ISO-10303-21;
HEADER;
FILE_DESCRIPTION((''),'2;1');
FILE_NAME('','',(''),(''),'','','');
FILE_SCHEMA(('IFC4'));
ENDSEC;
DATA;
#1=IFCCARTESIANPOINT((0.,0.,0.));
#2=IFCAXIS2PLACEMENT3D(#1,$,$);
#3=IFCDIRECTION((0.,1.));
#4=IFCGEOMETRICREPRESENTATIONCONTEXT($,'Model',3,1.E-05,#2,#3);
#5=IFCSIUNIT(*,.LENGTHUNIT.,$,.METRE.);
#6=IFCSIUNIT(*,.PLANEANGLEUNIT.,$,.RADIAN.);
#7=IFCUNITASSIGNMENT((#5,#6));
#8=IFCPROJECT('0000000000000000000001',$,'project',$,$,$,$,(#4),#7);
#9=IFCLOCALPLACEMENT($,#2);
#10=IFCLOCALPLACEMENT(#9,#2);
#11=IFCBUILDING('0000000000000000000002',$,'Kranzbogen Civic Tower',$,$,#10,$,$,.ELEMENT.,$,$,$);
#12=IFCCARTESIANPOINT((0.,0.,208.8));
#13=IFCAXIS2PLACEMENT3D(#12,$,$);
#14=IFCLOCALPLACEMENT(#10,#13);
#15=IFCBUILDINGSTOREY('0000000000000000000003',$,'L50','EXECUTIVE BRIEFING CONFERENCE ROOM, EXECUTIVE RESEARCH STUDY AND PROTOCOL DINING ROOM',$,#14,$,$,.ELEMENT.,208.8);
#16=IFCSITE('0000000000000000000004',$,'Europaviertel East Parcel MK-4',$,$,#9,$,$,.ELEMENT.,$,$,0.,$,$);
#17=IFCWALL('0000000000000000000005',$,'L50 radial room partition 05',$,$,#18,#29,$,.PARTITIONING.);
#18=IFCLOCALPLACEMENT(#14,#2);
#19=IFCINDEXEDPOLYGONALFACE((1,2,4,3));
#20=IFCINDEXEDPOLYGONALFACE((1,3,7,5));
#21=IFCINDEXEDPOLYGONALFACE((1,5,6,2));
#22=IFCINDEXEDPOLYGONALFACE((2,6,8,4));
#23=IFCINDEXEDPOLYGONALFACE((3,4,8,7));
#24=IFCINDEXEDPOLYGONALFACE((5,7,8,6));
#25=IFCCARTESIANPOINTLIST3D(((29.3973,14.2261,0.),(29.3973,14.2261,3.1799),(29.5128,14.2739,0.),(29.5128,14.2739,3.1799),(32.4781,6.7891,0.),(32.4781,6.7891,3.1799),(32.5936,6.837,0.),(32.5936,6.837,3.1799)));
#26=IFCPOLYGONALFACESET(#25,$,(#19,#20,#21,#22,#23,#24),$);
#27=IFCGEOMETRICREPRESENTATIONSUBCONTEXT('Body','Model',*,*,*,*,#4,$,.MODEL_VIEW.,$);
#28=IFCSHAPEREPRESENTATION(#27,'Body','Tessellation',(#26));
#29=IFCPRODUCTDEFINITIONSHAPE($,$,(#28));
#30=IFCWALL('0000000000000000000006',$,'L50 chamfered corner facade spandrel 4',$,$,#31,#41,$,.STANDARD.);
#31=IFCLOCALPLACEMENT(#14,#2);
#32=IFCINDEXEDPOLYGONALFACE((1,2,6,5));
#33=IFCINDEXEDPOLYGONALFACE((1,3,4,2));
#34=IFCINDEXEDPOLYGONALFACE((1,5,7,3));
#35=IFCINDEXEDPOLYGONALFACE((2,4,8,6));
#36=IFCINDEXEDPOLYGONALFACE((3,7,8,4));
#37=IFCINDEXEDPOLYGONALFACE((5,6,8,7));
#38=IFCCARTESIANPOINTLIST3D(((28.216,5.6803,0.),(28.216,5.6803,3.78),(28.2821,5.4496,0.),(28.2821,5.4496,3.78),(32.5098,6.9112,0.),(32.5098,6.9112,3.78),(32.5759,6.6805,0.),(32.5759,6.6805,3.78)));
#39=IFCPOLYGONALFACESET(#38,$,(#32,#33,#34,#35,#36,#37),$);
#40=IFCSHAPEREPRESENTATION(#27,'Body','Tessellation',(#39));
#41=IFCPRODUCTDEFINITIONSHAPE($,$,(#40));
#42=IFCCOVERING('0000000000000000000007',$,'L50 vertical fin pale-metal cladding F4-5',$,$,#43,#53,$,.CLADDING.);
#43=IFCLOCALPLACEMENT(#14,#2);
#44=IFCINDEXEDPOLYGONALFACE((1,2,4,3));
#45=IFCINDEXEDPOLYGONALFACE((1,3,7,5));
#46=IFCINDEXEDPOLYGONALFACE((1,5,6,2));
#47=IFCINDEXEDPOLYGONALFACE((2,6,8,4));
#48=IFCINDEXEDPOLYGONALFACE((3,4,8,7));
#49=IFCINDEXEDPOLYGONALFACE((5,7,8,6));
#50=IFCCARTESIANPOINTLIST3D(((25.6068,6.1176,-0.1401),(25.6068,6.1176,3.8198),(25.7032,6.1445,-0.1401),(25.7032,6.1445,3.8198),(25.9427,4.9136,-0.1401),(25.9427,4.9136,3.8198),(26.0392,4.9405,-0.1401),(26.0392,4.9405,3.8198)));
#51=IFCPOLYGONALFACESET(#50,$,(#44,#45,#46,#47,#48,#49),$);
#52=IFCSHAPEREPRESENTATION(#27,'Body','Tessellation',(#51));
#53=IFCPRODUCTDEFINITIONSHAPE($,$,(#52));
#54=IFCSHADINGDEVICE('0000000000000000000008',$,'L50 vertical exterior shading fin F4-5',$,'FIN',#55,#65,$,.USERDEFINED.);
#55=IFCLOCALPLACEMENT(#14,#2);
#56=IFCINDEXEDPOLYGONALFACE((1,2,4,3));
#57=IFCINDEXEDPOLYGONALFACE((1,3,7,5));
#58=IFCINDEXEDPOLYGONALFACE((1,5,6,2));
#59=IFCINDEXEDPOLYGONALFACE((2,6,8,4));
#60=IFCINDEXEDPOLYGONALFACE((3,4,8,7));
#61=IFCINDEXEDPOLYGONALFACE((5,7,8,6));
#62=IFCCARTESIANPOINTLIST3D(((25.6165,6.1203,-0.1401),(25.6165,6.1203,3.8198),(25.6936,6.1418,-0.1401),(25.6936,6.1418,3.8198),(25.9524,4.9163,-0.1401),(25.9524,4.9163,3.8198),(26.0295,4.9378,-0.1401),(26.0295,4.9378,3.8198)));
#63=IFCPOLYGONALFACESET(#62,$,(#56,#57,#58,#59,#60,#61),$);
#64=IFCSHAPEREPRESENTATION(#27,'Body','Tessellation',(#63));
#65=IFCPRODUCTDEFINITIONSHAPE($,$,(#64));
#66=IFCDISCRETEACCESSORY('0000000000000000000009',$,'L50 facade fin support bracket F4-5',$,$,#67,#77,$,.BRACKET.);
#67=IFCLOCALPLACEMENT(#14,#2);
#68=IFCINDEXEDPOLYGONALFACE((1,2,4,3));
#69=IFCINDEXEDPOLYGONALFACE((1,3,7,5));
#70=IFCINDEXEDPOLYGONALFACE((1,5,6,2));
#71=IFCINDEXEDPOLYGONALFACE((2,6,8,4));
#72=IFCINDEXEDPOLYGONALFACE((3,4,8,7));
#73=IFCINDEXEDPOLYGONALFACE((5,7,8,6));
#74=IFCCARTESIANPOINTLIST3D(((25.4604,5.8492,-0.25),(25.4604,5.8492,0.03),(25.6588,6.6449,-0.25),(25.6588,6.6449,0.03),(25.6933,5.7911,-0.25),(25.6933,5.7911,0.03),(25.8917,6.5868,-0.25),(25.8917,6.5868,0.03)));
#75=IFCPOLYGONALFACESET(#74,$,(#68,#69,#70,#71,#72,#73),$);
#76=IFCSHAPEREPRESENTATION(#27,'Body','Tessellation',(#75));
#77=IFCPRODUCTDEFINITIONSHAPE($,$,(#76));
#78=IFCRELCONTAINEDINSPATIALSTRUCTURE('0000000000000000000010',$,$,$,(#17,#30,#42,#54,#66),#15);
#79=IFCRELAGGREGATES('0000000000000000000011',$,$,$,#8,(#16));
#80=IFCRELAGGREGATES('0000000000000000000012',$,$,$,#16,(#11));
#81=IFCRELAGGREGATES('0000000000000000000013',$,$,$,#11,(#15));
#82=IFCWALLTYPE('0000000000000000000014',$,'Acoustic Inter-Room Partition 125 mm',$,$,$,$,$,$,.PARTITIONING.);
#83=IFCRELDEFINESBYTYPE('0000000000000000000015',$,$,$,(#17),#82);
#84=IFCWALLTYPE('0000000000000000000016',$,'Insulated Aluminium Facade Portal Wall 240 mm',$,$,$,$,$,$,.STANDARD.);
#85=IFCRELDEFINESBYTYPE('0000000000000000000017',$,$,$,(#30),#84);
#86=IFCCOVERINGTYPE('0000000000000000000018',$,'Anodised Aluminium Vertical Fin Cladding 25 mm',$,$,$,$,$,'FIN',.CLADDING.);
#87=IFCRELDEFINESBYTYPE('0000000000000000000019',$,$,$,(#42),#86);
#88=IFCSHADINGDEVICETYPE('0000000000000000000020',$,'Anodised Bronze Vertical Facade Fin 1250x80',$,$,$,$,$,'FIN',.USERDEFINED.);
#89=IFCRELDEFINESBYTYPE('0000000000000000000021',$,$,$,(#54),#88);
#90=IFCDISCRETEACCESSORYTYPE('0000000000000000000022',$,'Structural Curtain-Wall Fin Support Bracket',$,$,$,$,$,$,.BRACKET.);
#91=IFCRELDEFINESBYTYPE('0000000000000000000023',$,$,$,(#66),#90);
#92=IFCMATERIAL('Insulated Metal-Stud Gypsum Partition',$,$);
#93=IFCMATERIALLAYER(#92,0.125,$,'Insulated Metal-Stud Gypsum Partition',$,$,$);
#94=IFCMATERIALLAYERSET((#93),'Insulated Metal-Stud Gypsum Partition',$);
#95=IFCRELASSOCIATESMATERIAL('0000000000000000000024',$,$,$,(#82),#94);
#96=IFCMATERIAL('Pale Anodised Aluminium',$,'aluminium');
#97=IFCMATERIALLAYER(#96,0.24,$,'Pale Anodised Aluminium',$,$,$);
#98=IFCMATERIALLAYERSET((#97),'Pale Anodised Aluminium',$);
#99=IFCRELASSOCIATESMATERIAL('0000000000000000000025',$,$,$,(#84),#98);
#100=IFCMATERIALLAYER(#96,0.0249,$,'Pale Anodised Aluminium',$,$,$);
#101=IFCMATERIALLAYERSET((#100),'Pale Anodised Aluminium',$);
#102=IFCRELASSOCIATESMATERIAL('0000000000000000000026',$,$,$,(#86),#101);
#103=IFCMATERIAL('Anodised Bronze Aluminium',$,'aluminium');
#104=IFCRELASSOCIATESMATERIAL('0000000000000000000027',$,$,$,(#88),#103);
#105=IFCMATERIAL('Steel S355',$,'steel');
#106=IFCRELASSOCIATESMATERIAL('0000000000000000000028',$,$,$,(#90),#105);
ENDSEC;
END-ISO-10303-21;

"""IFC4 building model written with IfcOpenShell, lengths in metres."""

from ifc_helpers import new_model, si_unit, direction, frame, frame_2d, origin, origin_2d, place, context, subcontext, project, spatial, rectangle, extrude, material, layer, layer_set, type_object, element, save


model = new_model("IFC4")

# Units and contexts
model_context = context("Model", 3, precision=1e-05, world=origin(), true_north=direction((0.0, 1.0)))
body_context = subcontext(model_context, "Body", "Model", "MODEL_VIEW")
ifc_project = project(units=[si_unit("LENGTHUNIT", "METRE"), si_unit("PLANEANGLEUNIT", "RADIAN")], contexts=[model_context])

# Site, building, storey
site_placement = place(None, origin())
site = spatial("IfcSite", under=ifc_project, at=site_placement, Name="Europaviertel East Parcel MK-4", CompositionType="ELEMENT", RefElevation=0.0)
building_placement = place(site_placement, origin())
building = spatial("IfcBuilding", under=site, at=building_placement, Name="Kranzbogen Civic Tower", CompositionType="ELEMENT")
storey_placement = place(building_placement, frame((0.0, 0.0, 208.8)))
storey = spatial("IfcBuildingStorey", under=building, at=storey_placement, Name="L50", Description="EXECUTIVE BRIEFING CONFERENCE ROOM, EXECUTIVE RESEARCH STUDY AND PROTOCOL DINING ROOM", CompositionType="ELEMENT", Elevation=208.8)

# Shared definitions
ifc_material_1 = material(Name="Steel S355", Category="steel")

# Shared definitions
ifc_material_2 = material(Name="Pale Anodised Aluminium", Category="aluminium")

# Walls
ifc_material_3 = material(Name="Insulated Metal-Stud Gypsum Partition")
ifc_layer_1 = layer(ifc_material_3, 0.125, Name="Insulated Metal-Stud Gypsum Partition")
ifc_layer_set_1 = layer_set([ifc_layer_1], Name="Insulated Metal-Stud Gypsum Partition")
wall_type_1 = type_object("IfcWallType", Name="Acoustic Inter-Room Partition 125 mm", PredefinedType="PARTITIONING", material=ifc_layer_set_1)
wall_1_placement = place(storey_placement, frame((29.4551, 14.25, 0.0), z_axis=(0.0, 0.0, 1.0), x_axis=(0.382715, -0.923866, 0.0)))
element("IfcWall", 1, at=wall_1_placement, inside=storey, type_object=wall_type_1, Name="L50 radial room partition 05", PredefinedType="PARTITIONING", context=body_context, shape_type="SweptSolid", body=[
    extrude(rectangle(XDim=8.0498, YDim=0.125, at=frame_2d((4.0249, 0.0))), origin(), (0.0, 0.0, 1.0), 3.1799),
])
ifc_layer_2 = layer(ifc_material_2, 0.24, Name="Pale Anodised Aluminium")
ifc_layer_set_2 = layer_set([ifc_layer_2], Name="Pale Anodised Aluminium")
wall_type_2 = type_object("IfcWallType", Name="Insulated Aluminium Facade Portal Wall 240 mm", PredefinedType="STANDARD", material=ifc_layer_set_2)
wall_2_placement = place(storey_placement, frame((28.249, 5.5649, 0.0), z_axis=(0.0, 0.0, 1.0), x_axis=(0.96128, 0.275573, 0.0)))
element("IfcWall", 2, at=wall_2_placement, inside=storey, type_object=wall_type_2, Name="L50 chamfered corner facade spandrel 4", PredefinedType="STANDARD", context=body_context, shape_type="SweptSolid", body=[
    extrude(rectangle(XDim=4.4668, YDim=0.24, at=frame_2d((2.2334, 0.0))), origin(), (0.0, 0.0, 1.0), 3.78),
])

# Covering
ifc_layer_3 = layer(ifc_material_2, 0.0249, Name="Pale Anodised Aluminium")
ifc_layer_set_3 = layer_set([ifc_layer_3], Name="Pale Anodised Aluminium")
covering_type = type_object("IfcCoveringType", Name="Anodised Aluminium Vertical Fin Cladding 25 mm", ElementType="FIN", PredefinedType="CLADDING", material=ifc_layer_set_3)
covering_placement = place(storey_placement, frame((25.823, 5.5291, -0.1401), z_axis=(0.0, 0.0, 1.0), x_axis=(0.268735, -0.963214, 0.0)))
element("IfcCovering", 3, at=covering_placement, inside=storey, type_object=covering_type, Name="L50 vertical fin pale-metal cladding F4-5", PredefinedType="CLADDING", context=body_context, shape_type="SweptSolid", body=[
    extrude(rectangle(XDim=1.25, YDim=0.1001, at=origin_2d()), origin(), (0.0, 0.0, 1.0), 3.96),
])

# Shading device
ifc_material_4 = material(Name="Anodised Bronze Aluminium", Category="aluminium")
shading_device_type = type_object("IfcShadingDeviceType", Name="Anodised Bronze Vertical Facade Fin 1250x80", ElementType="FIN", PredefinedType="USERDEFINED", material=ifc_material_4)
shading_device_placement = place(storey_placement, frame((25.823, 5.5291, -0.1401), z_axis=(0.0, 0.0, 1.0), x_axis=(0.268735, -0.963214, 0.0)))
element("IfcShadingDevice", 4, at=shading_device_placement, inside=storey, type_object=shading_device_type, Name="L50 vertical exterior shading fin F4-5", ObjectType="FIN", PredefinedType="USERDEFINED", context=body_context, shape_type="SweptSolid", body=[
    extrude(rectangle(XDim=1.25, YDim=0.0801, at=origin_2d()), origin(), (0.0, 0.0, 1.0), 3.96),
])

# Discrete accessory
discrete_accessory_type = type_object("IfcDiscreteAccessoryType", Name="Structural Curtain-Wall Fin Support Bracket", PredefinedType="BRACKET", material=ifc_material_1)
discrete_accessory_placement = place(storey_placement, frame((25.676, 6.218, -0.25), z_axis=(0.0, 0.0, 1.0), x_axis=(-0.241922, -0.970296, 0.0)))
element("IfcDiscreteAccessory", 5, at=discrete_accessory_placement, inside=storey, type_object=discrete_accessory_type, Name="L50 facade fin support bracket F4-5", PredefinedType="BRACKET", context=body_context, shape_type="SweptSolid", body=[
    extrude(rectangle(XDim=0.8201, YDim=0.24, at=origin_2d()), origin(), (0.0, 0.0, 1.0), 0.28),
])

save(model, "model.ifc")
